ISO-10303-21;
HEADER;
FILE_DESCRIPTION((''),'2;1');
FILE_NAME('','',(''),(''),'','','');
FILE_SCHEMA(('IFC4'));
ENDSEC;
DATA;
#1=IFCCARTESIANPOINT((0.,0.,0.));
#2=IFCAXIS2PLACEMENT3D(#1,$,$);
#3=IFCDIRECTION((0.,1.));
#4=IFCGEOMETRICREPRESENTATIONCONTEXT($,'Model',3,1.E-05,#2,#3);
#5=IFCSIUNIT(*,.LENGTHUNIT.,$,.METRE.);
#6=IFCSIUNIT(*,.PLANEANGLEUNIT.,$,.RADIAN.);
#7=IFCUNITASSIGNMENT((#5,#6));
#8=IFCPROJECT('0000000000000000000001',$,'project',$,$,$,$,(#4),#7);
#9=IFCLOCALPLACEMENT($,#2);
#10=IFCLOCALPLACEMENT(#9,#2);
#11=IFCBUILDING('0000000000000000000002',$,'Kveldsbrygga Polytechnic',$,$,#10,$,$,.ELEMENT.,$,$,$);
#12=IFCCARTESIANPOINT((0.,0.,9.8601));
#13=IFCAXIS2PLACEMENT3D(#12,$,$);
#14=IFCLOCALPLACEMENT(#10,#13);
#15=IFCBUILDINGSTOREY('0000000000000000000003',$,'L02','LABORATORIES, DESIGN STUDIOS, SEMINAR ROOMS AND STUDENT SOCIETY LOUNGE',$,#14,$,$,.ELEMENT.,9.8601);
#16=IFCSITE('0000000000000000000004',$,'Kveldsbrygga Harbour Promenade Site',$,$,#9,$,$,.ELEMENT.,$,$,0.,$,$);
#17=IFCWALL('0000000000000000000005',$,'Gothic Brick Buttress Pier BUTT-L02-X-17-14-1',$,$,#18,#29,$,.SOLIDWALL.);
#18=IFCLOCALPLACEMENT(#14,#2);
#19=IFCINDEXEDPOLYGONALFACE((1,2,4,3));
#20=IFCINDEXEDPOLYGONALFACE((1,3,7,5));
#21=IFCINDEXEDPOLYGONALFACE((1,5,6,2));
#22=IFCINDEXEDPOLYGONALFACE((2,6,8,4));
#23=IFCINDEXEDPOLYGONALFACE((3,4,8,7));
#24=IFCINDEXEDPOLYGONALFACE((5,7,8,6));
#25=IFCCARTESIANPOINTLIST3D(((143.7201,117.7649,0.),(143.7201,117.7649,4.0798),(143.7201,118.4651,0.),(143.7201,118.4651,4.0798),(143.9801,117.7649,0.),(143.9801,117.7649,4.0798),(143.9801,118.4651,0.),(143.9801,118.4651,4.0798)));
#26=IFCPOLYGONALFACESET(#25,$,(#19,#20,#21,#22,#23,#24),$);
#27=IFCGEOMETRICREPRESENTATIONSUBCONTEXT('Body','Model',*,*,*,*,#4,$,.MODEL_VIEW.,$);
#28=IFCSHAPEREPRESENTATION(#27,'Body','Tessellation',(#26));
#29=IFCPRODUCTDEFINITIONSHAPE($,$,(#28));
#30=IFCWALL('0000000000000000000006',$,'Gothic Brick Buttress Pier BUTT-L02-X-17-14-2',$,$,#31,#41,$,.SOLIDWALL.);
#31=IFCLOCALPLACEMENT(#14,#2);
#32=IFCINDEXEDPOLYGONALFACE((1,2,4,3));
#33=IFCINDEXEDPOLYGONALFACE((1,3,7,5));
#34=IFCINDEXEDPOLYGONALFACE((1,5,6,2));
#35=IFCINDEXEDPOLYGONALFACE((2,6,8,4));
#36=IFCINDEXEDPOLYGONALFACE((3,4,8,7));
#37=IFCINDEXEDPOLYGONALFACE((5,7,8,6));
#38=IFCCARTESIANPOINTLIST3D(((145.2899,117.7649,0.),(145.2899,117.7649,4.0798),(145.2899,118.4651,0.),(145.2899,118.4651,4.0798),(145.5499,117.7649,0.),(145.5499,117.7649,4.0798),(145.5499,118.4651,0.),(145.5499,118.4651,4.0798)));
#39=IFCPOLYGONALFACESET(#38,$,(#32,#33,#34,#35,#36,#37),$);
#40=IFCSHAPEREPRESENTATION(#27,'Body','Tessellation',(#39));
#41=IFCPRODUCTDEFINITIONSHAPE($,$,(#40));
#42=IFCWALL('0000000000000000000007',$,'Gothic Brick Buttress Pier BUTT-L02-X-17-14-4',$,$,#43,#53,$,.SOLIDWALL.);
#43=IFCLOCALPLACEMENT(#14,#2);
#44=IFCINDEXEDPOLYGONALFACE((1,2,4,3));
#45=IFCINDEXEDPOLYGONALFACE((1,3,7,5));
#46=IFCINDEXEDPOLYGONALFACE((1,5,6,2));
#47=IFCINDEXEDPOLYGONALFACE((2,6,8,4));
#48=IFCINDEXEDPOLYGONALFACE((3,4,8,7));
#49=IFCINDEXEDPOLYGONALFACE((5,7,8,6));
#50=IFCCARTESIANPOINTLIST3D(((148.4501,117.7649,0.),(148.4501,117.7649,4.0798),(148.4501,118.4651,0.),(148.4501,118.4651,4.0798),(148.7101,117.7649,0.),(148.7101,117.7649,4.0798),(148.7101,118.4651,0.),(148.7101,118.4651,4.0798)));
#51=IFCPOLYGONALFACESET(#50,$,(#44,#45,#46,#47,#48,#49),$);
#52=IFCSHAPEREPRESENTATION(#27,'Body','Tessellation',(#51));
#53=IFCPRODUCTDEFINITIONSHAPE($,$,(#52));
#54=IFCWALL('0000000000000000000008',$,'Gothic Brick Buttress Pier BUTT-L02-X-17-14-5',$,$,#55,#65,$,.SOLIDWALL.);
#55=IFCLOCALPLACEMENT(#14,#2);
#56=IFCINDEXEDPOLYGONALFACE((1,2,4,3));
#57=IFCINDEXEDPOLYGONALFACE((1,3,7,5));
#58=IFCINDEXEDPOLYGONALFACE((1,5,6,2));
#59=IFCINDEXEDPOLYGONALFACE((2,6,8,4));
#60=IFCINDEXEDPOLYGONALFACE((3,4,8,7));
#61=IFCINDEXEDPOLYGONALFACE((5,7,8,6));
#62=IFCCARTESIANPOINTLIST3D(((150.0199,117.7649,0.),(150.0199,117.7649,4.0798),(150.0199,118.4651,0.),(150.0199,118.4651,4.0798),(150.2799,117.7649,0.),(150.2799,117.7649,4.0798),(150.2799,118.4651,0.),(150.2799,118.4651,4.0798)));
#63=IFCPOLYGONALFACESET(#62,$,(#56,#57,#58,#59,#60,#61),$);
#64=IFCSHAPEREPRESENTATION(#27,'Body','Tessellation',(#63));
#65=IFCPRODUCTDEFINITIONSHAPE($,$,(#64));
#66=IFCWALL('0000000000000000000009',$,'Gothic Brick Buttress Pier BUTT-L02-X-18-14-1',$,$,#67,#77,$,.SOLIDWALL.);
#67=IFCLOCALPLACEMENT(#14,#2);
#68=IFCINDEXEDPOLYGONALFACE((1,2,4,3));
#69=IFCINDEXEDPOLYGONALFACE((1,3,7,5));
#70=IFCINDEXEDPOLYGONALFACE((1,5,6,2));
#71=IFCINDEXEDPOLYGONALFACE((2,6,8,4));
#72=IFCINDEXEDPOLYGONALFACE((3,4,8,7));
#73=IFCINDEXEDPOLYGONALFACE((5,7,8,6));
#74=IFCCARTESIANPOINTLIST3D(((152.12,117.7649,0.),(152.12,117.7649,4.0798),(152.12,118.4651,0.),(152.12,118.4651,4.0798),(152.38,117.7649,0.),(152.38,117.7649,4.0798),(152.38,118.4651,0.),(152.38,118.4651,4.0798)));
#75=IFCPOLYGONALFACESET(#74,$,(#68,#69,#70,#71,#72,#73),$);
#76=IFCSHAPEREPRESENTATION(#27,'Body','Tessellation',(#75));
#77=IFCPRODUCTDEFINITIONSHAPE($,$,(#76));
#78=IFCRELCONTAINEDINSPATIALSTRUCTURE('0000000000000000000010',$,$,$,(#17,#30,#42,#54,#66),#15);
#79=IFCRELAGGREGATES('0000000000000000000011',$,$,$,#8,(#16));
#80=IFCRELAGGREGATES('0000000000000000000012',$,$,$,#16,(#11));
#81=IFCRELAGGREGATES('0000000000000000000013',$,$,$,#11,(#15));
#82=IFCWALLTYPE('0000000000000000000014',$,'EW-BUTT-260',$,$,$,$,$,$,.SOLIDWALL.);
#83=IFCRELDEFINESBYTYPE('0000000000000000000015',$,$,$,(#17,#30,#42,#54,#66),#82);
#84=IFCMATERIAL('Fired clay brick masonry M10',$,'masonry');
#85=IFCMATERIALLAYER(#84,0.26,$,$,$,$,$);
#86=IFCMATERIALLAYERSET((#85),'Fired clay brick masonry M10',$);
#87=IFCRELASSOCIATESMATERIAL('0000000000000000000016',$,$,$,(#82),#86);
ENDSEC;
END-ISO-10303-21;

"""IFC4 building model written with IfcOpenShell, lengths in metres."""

from ifc_helpers import new_model, si_unit, direction, frame, frame_2d, origin, place, context, subcontext, project, spatial, rectangle, extrude, material, layer, layer_set, type_object, element, save


model = new_model("IFC4")

# Units and contexts
model_context = context("Model", 3, precision=1e-05, world=origin(), true_north=direction((0.0, 1.0)))
body_context = subcontext(model_context, "Body", "Model", "MODEL_VIEW")
ifc_project = project(units=[si_unit("LENGTHUNIT", "METRE"), si_unit("PLANEANGLEUNIT", "RADIAN")], contexts=[model_context])

# Site, building, storey
site_placement = place(None, origin())
site = spatial("IfcSite", under=ifc_project, at=site_placement, Name="Kveldsbrygga Harbour Promenade Site", CompositionType="ELEMENT", RefElevation=0.0)
building_placement = place(site_placement, origin())
building = spatial("IfcBuilding", under=site, at=building_placement, Name="Kveldsbrygga Polytechnic", CompositionType="ELEMENT")
storey_placement = place(building_placement, frame((0.0, 0.0, 9.8601)))
storey = spatial("IfcBuildingStorey", under=building, at=storey_placement, Name="L02", Description="LABORATORIES, DESIGN STUDIOS, SEMINAR ROOMS AND STUDENT SOCIETY LOUNGE", CompositionType="ELEMENT", Elevation=9.8601)

# Shared definitions
ifc_material_1 = material(Name="Fired clay brick masonry M10", Category="masonry")

# Walls
ifc_layer_1 = layer(ifc_material_1, 0.26)
ifc_layer_set_1 = layer_set([ifc_layer_1], Name="Fired clay brick masonry M10")
wall_type_1 = type_object("IfcWallType", Name="EW-BUTT-260", PredefinedType="SOLIDWALL", material=ifc_layer_set_1)
for number, where, z_axis, x_axis, name in (
    (1, (143.8501, 117.7649, 0.0), (0.0, 0.0, 1.0), (0.0, 1.0, 0.0), "Gothic Brick Buttress Pier BUTT-L02-X-17-14-1"),
    (2, (145.4199, 117.7649, 0.0), (0.0, 0.0, 1.0), (0.0, 1.0, 0.0), "Gothic Brick Buttress Pier BUTT-L02-X-17-14-2"),
    (3, (148.5801, 117.7649, 0.0), (0.0, 0.0, 1.0), (0.0, 1.0, 0.0), "Gothic Brick Buttress Pier BUTT-L02-X-17-14-4"),
    (4, (150.1499, 117.7649, 0.0), (0.0, 0.0, 1.0), (0.0, 1.0, 0.0), "Gothic Brick Buttress Pier BUTT-L02-X-17-14-5"),
    (5, (152.25, 117.7649, 0.0), (0.0, 0.0, 1.0), (0.0, 1.0, 0.0), "Gothic Brick Buttress Pier BUTT-L02-X-18-14-1"),
):
    element("IfcWall", number, at=place(storey_placement, frame(where, z_axis=z_axis, x_axis=x_axis)), inside=storey, type_object=wall_type_1, Name=name, PredefinedType="SOLIDWALL", context=body_context, shape_type="SweptSolid", body=[
        extrude(rectangle(XDim=0.7002, YDim=0.26, at=frame_2d((0.3501, 0.0))), origin(), (0.0, 0.0, 1.0), 4.0798),
    ])

save(model, "model.ifc")
